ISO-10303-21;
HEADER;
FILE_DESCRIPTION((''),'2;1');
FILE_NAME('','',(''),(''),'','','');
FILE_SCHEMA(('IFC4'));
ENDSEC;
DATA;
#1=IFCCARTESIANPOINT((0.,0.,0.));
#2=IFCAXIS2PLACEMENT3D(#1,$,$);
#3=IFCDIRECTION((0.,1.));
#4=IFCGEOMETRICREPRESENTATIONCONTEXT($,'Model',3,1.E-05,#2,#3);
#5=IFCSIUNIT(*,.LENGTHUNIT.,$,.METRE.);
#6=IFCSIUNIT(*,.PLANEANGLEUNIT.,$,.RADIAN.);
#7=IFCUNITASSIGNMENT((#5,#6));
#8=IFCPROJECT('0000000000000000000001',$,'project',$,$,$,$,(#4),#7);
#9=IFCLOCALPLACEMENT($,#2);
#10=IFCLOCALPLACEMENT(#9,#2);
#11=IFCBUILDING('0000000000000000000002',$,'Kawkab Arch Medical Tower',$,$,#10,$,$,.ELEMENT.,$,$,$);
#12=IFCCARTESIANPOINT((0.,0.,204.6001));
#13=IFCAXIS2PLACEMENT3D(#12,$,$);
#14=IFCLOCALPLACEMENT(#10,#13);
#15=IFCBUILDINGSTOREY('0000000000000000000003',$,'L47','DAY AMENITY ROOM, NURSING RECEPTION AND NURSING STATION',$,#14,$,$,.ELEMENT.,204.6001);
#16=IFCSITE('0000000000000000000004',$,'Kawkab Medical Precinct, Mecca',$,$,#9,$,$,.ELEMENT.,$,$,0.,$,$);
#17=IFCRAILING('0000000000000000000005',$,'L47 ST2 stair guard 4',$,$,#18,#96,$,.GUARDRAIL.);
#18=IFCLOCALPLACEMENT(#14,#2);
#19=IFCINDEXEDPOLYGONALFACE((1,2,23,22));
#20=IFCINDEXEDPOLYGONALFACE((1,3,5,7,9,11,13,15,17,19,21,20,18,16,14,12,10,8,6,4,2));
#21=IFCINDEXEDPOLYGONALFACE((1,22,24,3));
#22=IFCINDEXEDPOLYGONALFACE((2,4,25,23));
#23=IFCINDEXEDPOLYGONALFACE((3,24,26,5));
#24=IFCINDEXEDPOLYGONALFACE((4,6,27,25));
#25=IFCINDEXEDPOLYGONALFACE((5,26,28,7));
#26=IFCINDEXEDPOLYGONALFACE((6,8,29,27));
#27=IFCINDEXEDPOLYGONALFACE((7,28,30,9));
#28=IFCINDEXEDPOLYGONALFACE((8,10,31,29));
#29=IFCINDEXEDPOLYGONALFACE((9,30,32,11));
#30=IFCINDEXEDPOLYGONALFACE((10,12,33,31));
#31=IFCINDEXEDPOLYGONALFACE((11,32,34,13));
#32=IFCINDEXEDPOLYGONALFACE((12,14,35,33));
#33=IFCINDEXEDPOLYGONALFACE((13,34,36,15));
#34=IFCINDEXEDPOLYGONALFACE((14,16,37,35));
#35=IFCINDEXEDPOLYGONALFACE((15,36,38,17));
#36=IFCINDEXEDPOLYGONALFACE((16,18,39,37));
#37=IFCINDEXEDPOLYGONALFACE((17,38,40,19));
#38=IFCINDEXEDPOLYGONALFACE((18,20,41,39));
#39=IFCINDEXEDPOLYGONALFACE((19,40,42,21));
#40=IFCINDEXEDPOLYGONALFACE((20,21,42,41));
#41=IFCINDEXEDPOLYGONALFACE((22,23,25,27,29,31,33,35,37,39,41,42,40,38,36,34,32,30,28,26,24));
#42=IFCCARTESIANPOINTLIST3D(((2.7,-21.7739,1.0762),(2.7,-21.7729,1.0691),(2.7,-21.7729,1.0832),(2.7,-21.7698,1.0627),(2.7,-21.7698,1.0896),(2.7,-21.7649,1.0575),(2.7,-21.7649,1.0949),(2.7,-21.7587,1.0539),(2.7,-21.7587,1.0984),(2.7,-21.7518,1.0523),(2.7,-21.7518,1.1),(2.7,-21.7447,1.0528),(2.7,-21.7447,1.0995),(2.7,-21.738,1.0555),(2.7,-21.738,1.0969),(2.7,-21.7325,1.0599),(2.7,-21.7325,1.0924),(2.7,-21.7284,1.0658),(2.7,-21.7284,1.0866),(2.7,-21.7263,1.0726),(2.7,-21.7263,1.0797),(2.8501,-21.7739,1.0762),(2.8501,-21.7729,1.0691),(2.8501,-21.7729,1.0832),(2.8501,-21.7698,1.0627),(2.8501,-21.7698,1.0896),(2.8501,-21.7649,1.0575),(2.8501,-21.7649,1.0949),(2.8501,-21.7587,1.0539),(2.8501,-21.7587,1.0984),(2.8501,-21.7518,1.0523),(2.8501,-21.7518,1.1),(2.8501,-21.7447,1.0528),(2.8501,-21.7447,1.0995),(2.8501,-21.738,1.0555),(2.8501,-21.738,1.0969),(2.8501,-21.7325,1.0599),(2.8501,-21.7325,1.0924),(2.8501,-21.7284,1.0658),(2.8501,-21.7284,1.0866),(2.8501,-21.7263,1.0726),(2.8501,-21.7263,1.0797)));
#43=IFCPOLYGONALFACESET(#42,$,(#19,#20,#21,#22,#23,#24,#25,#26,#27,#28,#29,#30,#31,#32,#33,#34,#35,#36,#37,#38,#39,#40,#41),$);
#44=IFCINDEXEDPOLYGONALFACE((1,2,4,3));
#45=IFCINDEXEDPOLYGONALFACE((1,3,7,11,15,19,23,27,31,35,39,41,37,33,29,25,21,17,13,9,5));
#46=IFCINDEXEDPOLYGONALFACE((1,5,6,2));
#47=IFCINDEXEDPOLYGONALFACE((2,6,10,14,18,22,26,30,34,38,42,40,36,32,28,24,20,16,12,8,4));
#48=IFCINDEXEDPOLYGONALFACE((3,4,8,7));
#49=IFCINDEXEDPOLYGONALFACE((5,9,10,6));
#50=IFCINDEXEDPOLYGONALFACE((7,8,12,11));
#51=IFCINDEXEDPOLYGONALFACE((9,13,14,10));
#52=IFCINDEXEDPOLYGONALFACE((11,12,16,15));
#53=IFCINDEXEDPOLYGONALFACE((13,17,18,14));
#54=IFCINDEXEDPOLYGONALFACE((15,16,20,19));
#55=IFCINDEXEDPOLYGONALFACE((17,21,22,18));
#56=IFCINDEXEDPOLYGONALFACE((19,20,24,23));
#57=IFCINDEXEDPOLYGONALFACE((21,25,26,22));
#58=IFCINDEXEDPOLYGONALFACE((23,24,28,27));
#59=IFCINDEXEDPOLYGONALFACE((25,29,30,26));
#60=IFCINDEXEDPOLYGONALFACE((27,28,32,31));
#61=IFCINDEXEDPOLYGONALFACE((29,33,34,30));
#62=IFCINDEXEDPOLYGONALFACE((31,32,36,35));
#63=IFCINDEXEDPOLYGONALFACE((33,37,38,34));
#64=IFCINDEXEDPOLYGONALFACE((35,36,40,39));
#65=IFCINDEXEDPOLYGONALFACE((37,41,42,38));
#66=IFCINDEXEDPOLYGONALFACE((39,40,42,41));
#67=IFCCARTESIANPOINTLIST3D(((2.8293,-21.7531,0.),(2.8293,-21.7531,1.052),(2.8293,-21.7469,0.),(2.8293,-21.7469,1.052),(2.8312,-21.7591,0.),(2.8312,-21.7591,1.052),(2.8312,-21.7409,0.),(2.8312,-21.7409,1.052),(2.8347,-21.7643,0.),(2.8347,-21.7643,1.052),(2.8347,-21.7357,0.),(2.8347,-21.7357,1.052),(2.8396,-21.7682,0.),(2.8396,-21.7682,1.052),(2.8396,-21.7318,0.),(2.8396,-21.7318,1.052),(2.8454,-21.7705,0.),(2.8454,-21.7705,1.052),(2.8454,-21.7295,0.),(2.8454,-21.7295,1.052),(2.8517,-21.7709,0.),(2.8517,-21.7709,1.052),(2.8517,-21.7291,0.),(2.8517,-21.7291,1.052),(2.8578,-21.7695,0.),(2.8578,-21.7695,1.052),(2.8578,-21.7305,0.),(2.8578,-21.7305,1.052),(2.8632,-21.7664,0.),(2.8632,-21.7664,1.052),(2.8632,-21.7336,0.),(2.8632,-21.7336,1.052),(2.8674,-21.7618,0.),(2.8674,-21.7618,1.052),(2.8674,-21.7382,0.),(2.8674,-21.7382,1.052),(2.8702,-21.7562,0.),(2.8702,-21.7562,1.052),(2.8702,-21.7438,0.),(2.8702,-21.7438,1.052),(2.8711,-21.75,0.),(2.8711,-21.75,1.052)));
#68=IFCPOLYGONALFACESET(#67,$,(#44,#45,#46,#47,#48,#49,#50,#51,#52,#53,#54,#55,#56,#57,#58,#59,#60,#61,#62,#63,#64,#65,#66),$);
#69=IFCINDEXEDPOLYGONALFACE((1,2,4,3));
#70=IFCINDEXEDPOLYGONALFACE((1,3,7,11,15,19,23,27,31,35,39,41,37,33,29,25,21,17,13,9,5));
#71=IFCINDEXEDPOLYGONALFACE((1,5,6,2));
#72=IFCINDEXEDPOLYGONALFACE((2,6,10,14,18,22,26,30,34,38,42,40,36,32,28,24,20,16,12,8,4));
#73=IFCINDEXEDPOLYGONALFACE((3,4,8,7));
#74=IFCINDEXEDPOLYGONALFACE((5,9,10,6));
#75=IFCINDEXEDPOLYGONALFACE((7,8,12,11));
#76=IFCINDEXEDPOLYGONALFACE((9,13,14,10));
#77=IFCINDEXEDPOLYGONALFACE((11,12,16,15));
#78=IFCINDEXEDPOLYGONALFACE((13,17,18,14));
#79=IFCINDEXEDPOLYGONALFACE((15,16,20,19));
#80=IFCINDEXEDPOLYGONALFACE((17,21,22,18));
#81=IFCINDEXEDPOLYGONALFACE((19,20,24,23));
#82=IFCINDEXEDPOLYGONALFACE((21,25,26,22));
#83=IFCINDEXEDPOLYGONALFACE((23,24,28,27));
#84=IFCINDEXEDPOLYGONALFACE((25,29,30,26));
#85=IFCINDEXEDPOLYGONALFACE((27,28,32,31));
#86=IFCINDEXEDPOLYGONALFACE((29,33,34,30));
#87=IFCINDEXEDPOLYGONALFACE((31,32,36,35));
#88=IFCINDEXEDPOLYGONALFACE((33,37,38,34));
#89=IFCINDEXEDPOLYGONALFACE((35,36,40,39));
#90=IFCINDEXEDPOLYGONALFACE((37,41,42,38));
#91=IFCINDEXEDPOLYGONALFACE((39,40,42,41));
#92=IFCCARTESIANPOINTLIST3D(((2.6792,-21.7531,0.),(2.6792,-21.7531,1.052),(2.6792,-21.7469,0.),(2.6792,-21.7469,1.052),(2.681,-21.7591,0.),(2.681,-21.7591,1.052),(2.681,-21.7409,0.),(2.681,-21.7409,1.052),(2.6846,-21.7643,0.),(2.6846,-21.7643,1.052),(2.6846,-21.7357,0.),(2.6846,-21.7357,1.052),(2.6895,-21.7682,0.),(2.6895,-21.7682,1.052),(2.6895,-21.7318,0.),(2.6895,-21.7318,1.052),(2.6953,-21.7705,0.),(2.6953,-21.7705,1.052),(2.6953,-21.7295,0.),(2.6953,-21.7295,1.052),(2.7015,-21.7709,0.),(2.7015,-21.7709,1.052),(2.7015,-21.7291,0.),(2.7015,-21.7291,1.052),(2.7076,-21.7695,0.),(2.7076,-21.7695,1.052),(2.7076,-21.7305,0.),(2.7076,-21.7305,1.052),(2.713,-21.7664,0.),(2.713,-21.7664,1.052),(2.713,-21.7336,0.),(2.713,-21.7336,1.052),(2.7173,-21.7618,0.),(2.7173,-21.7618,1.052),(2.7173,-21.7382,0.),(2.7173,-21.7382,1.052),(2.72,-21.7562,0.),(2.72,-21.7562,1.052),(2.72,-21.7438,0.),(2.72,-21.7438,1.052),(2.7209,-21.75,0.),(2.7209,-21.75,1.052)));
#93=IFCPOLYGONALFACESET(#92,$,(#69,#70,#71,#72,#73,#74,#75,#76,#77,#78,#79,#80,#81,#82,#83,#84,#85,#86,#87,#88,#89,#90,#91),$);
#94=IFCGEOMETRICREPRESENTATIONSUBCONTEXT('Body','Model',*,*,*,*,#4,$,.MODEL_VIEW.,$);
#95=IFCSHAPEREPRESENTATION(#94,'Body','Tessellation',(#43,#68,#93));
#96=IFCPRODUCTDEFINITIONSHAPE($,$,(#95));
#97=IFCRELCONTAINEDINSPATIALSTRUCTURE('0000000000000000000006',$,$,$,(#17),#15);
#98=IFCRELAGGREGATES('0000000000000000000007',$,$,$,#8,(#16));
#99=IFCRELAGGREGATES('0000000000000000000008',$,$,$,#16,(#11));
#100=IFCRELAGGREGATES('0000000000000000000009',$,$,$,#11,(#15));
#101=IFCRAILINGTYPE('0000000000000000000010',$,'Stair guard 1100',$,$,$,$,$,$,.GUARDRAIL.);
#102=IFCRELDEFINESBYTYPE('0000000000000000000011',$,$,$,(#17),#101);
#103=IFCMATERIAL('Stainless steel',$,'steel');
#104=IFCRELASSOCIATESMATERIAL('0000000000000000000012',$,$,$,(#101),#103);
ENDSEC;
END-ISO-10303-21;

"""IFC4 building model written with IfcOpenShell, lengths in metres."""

from ifc_helpers import new_model, si_unit, direction, frame, origin, origin_2d, place, context, subcontext, project, spatial, circle, extrude, material, type_object, element, save


model = new_model("IFC4")

# Units and contexts
model_context = context("Model", 3, precision=1e-05, world=origin(), true_north=direction((0.0, 1.0)))
body_context = subcontext(model_context, "Body", "Model", "MODEL_VIEW")
ifc_project = project(units=[si_unit("LENGTHUNIT", "METRE"), si_unit("PLANEANGLEUNIT", "RADIAN")], contexts=[model_context])

# Site, building, storey
site_placement = place(None, origin())
site = spatial("IfcSite", under=ifc_project, at=site_placement, Name="Kawkab Medical Precinct, Mecca", CompositionType="ELEMENT", RefElevation=0.0)
building_placement = place(site_placement, origin())
building = spatial("IfcBuilding", under=site, at=building_placement, Name="Kawkab Arch Medical Tower", CompositionType="ELEMENT")
storey_placement = place(building_placement, frame((0.0, 0.0, 204.6001)))
storey = spatial("IfcBuildingStorey", under=building, at=storey_placement, Name="L47", Description="DAY AMENITY ROOM, NURSING RECEPTION AND NURSING STATION", CompositionType="ELEMENT", Elevation=204.6001)

# Railing
ifc_material_1 = material(Name="Stainless steel", Category="steel")
railing_type = type_object("IfcRailingType", Name="Stair guard 1100", PredefinedType="GUARDRAIL", material=ifc_material_1)
railing_1_placement = place(storey_placement, frame((2.8501, -21.75, 0.0)))
element("IfcRailing", 1, at=railing_1_placement, inside=storey, type_object=railing_type, Name="L47 ST2 stair guard 4", PredefinedType="GUARDRAIL", context=body_context, shape_type="SweptSolid", body=[
    extrude(circle(Radius=0.0239, at=origin_2d()), frame((0.0, 0.0, 1.0762), z_axis=(-1.0, 0.0, 0.0), x_axis=(0.0, -1.0, 0.0)), (0.0, 0.0, 1.0), 0.1501),
    extrude(circle(Radius=0.021, at=origin_2d()), origin(), (0.0, 0.0, 1.0), 1.052),
    extrude(circle(Radius=0.021, at=origin_2d()), frame((-0.1501, 0.0, 0.0)), (0.0, 0.0, 1.0), 1.052),
])

save(model, "model.ifc")
